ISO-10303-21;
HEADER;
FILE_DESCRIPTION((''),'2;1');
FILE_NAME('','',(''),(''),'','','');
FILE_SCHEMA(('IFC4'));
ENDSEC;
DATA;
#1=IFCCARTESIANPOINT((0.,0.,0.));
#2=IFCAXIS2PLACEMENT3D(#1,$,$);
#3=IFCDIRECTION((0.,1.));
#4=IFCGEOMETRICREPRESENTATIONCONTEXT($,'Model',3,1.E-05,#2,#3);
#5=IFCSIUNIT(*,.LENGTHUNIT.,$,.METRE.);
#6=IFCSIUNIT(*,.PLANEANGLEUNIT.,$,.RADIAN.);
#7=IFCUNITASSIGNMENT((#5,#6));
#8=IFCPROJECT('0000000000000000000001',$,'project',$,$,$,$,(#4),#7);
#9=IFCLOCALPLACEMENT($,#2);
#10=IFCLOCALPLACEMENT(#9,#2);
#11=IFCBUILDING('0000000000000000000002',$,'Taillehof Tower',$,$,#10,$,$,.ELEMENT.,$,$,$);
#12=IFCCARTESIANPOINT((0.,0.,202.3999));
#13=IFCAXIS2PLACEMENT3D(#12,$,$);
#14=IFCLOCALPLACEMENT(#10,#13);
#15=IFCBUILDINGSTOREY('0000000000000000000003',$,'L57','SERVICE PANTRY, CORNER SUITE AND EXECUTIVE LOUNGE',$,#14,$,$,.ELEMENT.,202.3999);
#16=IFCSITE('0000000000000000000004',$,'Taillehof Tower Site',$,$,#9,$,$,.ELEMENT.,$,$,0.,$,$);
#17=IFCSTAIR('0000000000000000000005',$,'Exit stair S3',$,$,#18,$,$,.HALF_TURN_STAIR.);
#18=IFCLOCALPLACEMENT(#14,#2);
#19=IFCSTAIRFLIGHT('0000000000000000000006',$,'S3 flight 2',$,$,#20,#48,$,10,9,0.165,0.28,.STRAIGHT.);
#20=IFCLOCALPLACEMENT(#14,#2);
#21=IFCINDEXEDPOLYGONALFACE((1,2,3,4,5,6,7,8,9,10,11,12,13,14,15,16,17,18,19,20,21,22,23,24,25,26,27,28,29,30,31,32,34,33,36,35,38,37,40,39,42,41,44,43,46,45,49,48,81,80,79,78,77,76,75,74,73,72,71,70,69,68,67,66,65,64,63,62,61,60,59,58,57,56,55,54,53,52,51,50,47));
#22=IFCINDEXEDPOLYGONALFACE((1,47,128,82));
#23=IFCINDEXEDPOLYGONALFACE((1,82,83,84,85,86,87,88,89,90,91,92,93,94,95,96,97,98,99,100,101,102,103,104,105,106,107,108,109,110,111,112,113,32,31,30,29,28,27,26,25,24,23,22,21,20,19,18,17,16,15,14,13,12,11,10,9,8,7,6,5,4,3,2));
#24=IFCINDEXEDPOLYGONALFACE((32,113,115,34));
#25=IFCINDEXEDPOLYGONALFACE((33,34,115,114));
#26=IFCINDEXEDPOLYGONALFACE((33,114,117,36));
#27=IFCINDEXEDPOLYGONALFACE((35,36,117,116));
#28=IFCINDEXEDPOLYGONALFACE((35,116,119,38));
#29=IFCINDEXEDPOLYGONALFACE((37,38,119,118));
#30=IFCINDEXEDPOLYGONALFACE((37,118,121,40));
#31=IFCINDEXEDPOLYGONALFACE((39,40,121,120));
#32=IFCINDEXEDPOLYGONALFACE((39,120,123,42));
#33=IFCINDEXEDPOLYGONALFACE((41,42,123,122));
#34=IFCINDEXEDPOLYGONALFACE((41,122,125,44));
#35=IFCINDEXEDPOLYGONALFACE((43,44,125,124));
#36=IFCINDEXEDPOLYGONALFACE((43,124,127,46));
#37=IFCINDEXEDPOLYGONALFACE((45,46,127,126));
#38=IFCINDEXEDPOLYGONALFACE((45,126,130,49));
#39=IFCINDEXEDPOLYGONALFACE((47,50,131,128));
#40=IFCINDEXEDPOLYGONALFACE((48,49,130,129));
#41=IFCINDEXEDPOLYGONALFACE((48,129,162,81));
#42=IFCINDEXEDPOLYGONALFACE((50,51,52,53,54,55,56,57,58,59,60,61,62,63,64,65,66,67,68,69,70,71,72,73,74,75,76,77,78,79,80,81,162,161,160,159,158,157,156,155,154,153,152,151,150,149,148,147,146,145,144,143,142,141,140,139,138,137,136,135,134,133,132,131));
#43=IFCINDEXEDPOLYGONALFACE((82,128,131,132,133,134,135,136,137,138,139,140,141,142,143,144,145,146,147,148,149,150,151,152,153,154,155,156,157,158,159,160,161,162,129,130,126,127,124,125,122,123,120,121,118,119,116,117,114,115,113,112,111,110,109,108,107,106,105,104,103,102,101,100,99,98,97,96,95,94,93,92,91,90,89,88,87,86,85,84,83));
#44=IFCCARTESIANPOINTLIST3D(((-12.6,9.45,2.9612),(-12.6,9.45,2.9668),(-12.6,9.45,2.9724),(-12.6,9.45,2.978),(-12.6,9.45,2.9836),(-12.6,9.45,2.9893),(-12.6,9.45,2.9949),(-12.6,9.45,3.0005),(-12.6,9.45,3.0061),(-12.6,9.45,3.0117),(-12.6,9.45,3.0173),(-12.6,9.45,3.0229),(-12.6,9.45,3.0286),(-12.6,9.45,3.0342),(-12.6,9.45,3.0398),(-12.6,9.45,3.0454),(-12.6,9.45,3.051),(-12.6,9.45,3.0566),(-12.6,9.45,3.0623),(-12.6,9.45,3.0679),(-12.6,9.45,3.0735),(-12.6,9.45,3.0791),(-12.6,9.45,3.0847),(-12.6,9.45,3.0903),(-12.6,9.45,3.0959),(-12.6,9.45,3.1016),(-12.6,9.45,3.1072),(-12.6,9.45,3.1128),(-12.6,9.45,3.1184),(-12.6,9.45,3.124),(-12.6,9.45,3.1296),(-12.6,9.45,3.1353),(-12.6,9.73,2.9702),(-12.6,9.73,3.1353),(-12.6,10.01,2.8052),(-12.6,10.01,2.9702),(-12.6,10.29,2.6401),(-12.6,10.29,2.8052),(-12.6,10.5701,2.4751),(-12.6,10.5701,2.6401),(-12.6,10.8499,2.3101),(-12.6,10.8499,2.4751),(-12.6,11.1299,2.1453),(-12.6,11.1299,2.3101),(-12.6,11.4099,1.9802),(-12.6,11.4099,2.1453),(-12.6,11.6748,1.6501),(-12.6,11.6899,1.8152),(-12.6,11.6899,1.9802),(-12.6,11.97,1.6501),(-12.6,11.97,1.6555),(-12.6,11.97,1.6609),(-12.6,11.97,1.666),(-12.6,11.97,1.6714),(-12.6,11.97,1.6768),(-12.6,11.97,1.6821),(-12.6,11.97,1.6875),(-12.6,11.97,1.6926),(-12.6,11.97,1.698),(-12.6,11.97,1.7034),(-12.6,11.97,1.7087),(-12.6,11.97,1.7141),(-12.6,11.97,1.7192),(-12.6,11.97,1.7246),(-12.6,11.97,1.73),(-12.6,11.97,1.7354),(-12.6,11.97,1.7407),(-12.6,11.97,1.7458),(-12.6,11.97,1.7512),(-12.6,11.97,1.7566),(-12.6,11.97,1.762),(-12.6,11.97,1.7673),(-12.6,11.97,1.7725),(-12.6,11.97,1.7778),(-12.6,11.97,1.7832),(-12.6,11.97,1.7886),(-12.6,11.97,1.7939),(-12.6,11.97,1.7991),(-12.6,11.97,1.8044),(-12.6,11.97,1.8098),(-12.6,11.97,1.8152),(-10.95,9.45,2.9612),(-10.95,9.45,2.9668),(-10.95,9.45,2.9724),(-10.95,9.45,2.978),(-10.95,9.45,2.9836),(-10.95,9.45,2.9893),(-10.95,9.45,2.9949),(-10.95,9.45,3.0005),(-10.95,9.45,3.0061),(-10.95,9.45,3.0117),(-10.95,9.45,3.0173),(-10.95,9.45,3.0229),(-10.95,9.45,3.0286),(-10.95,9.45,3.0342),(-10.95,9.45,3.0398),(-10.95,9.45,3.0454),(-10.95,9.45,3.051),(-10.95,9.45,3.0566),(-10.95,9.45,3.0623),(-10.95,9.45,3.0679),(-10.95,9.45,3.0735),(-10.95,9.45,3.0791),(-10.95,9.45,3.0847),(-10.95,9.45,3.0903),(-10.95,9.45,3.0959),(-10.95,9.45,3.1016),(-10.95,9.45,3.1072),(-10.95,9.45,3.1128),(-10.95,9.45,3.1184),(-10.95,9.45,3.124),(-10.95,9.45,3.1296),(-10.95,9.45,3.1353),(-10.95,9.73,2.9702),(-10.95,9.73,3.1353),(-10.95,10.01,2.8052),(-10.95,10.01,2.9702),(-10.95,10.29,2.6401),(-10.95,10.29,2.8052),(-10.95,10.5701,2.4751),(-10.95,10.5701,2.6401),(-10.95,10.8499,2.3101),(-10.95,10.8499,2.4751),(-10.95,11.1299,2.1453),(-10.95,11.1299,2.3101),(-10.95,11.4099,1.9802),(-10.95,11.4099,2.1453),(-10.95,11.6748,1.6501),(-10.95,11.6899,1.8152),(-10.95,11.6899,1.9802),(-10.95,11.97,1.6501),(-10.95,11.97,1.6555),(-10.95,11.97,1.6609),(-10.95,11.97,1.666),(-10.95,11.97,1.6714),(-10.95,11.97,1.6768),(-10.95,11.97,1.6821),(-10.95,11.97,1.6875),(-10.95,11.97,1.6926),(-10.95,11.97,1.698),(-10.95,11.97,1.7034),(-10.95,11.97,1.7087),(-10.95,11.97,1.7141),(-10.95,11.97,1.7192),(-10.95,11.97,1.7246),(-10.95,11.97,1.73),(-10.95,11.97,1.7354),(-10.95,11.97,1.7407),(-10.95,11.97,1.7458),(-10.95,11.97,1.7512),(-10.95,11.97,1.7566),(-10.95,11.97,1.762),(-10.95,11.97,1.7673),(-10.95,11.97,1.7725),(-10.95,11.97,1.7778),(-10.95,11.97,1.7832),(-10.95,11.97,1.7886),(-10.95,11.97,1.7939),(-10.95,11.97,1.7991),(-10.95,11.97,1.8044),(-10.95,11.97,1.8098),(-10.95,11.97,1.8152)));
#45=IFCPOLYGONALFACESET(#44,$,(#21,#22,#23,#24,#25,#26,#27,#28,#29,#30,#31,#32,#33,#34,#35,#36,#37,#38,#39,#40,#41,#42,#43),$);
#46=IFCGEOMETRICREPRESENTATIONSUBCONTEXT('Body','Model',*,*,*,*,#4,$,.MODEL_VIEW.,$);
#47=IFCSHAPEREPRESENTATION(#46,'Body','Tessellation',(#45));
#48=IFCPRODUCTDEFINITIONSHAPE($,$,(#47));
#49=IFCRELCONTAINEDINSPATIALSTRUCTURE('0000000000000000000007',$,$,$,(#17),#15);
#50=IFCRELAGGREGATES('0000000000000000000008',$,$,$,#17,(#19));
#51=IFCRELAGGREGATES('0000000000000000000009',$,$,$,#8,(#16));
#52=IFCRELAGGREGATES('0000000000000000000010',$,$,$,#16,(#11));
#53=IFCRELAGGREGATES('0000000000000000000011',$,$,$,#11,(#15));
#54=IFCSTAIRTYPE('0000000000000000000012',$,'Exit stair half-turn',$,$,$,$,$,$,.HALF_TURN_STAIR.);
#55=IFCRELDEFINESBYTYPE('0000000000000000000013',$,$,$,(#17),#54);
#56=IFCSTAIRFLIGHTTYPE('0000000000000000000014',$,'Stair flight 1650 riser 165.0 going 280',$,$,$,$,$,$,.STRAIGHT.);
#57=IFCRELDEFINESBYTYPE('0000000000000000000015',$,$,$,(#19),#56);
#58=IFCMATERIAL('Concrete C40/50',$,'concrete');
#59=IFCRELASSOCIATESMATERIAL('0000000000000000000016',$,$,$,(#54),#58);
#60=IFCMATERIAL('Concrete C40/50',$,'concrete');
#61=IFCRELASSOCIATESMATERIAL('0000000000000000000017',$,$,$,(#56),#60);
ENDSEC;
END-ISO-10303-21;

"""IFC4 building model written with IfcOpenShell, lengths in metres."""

from ifc_helpers import new_model, si_unit, direction, frame, origin, place, context, subcontext, project, spatial, polyline, outline, extrude, material, type_object, element, aggregate, save


model = new_model("IFC4")

# Units and contexts
model_context = context("Model", 3, precision=1e-05, world=origin(), true_north=direction((0.0, 1.0)))
body_context = subcontext(model_context, "Body", "Model", "MODEL_VIEW")
ifc_project = project(units=[si_unit("LENGTHUNIT", "METRE"), si_unit("PLANEANGLEUNIT", "RADIAN")], contexts=[model_context])

# Site, building, storey
site_placement = place(None, origin())
site = spatial("IfcSite", under=ifc_project, at=site_placement, Name="Taillehof Tower Site", CompositionType="ELEMENT", RefElevation=0.0)
building_placement = place(site_placement, origin())
building = spatial("IfcBuilding", under=site, at=building_placement, Name="Taillehof Tower", CompositionType="ELEMENT")
storey_placement = place(building_placement, frame((0.0, 0.0, 202.3999)))
storey = spatial("IfcBuildingStorey", under=building, at=storey_placement, Name="L57", Description="SERVICE PANTRY, CORNER SUITE AND EXECUTIVE LOUNGE", CompositionType="ELEMENT", Elevation=202.3999)

# Stair, stair flight
ifc_material_1 = material(Name="Concrete C40/50", Category="concrete")
stair_type = type_object("IfcStairType", Name="Exit stair half-turn", PredefinedType="HALF_TURN_STAIR", material=ifc_material_1)
stair_placement = place(storey_placement, origin())
stair = element("IfcStair", 1, at=stair_placement, inside=storey, type_object=stair_type, Name="Exit stair S3", PredefinedType="HALF_TURN_STAIR")
ifc_material_2 = material(Name="Concrete C40/50", Category="concrete")
stair_flight_type = type_object("IfcStairFlightType", Name="Stair flight 1650 riser 165.0 going 280", PredefinedType="STRAIGHT", material=ifc_material_2)
stair_flight_placement = place(storey_placement, frame((-11.7749, 11.97, 1.6501), z_axis=(0.0, 0.0, 1.0), x_axis=(0.0, -1.0, 0.0)))
stair_flight = element("IfcStairFlight", 2, at=stair_flight_placement, type_object=stair_flight_type, Name="S3 flight 2", NumberOfRisers=10, NumberOfTreads=9, PredefinedType="STRAIGHT", RiserHeight=0.165, TreadLength=0.28, context=body_context, shape_type="SweptSolid", body=[
    extrude(outline(polyline([(0.0, 0.0), (0.0, 0.0054), (0.0, 0.0107), (0.0, 0.0159), (0.0, 0.0212), (0.0, 0.0266), (0.0, 0.032), (0.0, 0.0374), (0.0, 0.0425), (0.0, 0.0479), (0.0, 0.0532), (0.0, 0.0586), (0.0, 0.064), (0.0, 0.0691), (0.0, 0.0745), (0.0, 0.0798), (0.0, 0.0852), (0.0, 0.0906), (0.0, 0.0957), (0.0, 0.1011), (0.0, 0.1064), (0.0, 0.1118), (0.0, 0.1172), (0.0, 0.1223), (0.0, 0.1277), (0.0, 0.1331), (0.0, 0.1384), (0.0, 0.1438), (0.0, 0.1489), (0.0, 0.1543), (0.0, 0.1597), (0.0, 0.165), (0.28, 0.165), (0.28, 0.3301), (0.5601, 0.3301), (0.5601, 0.4951), (0.8401, 0.4951), (0.8401, 0.6599), (1.1201, 0.6599), (1.1201, 0.825), (1.3999, 0.825), (1.3999, 0.99), (1.6799, 0.99), (1.6799, 1.155), (1.96, 1.155), (1.96, 1.3201), (2.24, 1.3201), (2.24, 1.4851), (2.52, 1.4851), (2.52, 1.4795), (2.52, 1.4739), (2.52, 1.4683), (2.52, 1.4626), (2.52, 1.457), (2.52, 1.4514), (2.52, 1.4458), (2.52, 1.4402), (2.52, 1.4346), (2.52, 1.429), (2.52, 1.4233), (2.52, 1.4177), (2.52, 1.4121), (2.52, 1.4065), (2.52, 1.4009), (2.52, 1.3953), (2.52, 1.3896), (2.52, 1.384), (2.52, 1.3784), (2.52, 1.3728), (2.52, 1.3672), (2.52, 1.3616), (2.52, 1.356), (2.52, 1.3503), (2.52, 1.3447), (2.52, 1.3391), (2.52, 1.3335), (2.52, 1.3279), (2.52, 1.3223), (2.52, 1.3167), (2.52, 1.311), (0.2952, 0.0), (0.0, 0.0)])), frame((0.0, 0.825, 0.0), z_axis=(0.0, -1.0, 0.0), x_axis=(1.0, 0.0, 0.0)), (0.0, 0.0, 1.0), 1.65),
])
aggregate(stair, [stair_flight])

save(model, "model.ifc")
